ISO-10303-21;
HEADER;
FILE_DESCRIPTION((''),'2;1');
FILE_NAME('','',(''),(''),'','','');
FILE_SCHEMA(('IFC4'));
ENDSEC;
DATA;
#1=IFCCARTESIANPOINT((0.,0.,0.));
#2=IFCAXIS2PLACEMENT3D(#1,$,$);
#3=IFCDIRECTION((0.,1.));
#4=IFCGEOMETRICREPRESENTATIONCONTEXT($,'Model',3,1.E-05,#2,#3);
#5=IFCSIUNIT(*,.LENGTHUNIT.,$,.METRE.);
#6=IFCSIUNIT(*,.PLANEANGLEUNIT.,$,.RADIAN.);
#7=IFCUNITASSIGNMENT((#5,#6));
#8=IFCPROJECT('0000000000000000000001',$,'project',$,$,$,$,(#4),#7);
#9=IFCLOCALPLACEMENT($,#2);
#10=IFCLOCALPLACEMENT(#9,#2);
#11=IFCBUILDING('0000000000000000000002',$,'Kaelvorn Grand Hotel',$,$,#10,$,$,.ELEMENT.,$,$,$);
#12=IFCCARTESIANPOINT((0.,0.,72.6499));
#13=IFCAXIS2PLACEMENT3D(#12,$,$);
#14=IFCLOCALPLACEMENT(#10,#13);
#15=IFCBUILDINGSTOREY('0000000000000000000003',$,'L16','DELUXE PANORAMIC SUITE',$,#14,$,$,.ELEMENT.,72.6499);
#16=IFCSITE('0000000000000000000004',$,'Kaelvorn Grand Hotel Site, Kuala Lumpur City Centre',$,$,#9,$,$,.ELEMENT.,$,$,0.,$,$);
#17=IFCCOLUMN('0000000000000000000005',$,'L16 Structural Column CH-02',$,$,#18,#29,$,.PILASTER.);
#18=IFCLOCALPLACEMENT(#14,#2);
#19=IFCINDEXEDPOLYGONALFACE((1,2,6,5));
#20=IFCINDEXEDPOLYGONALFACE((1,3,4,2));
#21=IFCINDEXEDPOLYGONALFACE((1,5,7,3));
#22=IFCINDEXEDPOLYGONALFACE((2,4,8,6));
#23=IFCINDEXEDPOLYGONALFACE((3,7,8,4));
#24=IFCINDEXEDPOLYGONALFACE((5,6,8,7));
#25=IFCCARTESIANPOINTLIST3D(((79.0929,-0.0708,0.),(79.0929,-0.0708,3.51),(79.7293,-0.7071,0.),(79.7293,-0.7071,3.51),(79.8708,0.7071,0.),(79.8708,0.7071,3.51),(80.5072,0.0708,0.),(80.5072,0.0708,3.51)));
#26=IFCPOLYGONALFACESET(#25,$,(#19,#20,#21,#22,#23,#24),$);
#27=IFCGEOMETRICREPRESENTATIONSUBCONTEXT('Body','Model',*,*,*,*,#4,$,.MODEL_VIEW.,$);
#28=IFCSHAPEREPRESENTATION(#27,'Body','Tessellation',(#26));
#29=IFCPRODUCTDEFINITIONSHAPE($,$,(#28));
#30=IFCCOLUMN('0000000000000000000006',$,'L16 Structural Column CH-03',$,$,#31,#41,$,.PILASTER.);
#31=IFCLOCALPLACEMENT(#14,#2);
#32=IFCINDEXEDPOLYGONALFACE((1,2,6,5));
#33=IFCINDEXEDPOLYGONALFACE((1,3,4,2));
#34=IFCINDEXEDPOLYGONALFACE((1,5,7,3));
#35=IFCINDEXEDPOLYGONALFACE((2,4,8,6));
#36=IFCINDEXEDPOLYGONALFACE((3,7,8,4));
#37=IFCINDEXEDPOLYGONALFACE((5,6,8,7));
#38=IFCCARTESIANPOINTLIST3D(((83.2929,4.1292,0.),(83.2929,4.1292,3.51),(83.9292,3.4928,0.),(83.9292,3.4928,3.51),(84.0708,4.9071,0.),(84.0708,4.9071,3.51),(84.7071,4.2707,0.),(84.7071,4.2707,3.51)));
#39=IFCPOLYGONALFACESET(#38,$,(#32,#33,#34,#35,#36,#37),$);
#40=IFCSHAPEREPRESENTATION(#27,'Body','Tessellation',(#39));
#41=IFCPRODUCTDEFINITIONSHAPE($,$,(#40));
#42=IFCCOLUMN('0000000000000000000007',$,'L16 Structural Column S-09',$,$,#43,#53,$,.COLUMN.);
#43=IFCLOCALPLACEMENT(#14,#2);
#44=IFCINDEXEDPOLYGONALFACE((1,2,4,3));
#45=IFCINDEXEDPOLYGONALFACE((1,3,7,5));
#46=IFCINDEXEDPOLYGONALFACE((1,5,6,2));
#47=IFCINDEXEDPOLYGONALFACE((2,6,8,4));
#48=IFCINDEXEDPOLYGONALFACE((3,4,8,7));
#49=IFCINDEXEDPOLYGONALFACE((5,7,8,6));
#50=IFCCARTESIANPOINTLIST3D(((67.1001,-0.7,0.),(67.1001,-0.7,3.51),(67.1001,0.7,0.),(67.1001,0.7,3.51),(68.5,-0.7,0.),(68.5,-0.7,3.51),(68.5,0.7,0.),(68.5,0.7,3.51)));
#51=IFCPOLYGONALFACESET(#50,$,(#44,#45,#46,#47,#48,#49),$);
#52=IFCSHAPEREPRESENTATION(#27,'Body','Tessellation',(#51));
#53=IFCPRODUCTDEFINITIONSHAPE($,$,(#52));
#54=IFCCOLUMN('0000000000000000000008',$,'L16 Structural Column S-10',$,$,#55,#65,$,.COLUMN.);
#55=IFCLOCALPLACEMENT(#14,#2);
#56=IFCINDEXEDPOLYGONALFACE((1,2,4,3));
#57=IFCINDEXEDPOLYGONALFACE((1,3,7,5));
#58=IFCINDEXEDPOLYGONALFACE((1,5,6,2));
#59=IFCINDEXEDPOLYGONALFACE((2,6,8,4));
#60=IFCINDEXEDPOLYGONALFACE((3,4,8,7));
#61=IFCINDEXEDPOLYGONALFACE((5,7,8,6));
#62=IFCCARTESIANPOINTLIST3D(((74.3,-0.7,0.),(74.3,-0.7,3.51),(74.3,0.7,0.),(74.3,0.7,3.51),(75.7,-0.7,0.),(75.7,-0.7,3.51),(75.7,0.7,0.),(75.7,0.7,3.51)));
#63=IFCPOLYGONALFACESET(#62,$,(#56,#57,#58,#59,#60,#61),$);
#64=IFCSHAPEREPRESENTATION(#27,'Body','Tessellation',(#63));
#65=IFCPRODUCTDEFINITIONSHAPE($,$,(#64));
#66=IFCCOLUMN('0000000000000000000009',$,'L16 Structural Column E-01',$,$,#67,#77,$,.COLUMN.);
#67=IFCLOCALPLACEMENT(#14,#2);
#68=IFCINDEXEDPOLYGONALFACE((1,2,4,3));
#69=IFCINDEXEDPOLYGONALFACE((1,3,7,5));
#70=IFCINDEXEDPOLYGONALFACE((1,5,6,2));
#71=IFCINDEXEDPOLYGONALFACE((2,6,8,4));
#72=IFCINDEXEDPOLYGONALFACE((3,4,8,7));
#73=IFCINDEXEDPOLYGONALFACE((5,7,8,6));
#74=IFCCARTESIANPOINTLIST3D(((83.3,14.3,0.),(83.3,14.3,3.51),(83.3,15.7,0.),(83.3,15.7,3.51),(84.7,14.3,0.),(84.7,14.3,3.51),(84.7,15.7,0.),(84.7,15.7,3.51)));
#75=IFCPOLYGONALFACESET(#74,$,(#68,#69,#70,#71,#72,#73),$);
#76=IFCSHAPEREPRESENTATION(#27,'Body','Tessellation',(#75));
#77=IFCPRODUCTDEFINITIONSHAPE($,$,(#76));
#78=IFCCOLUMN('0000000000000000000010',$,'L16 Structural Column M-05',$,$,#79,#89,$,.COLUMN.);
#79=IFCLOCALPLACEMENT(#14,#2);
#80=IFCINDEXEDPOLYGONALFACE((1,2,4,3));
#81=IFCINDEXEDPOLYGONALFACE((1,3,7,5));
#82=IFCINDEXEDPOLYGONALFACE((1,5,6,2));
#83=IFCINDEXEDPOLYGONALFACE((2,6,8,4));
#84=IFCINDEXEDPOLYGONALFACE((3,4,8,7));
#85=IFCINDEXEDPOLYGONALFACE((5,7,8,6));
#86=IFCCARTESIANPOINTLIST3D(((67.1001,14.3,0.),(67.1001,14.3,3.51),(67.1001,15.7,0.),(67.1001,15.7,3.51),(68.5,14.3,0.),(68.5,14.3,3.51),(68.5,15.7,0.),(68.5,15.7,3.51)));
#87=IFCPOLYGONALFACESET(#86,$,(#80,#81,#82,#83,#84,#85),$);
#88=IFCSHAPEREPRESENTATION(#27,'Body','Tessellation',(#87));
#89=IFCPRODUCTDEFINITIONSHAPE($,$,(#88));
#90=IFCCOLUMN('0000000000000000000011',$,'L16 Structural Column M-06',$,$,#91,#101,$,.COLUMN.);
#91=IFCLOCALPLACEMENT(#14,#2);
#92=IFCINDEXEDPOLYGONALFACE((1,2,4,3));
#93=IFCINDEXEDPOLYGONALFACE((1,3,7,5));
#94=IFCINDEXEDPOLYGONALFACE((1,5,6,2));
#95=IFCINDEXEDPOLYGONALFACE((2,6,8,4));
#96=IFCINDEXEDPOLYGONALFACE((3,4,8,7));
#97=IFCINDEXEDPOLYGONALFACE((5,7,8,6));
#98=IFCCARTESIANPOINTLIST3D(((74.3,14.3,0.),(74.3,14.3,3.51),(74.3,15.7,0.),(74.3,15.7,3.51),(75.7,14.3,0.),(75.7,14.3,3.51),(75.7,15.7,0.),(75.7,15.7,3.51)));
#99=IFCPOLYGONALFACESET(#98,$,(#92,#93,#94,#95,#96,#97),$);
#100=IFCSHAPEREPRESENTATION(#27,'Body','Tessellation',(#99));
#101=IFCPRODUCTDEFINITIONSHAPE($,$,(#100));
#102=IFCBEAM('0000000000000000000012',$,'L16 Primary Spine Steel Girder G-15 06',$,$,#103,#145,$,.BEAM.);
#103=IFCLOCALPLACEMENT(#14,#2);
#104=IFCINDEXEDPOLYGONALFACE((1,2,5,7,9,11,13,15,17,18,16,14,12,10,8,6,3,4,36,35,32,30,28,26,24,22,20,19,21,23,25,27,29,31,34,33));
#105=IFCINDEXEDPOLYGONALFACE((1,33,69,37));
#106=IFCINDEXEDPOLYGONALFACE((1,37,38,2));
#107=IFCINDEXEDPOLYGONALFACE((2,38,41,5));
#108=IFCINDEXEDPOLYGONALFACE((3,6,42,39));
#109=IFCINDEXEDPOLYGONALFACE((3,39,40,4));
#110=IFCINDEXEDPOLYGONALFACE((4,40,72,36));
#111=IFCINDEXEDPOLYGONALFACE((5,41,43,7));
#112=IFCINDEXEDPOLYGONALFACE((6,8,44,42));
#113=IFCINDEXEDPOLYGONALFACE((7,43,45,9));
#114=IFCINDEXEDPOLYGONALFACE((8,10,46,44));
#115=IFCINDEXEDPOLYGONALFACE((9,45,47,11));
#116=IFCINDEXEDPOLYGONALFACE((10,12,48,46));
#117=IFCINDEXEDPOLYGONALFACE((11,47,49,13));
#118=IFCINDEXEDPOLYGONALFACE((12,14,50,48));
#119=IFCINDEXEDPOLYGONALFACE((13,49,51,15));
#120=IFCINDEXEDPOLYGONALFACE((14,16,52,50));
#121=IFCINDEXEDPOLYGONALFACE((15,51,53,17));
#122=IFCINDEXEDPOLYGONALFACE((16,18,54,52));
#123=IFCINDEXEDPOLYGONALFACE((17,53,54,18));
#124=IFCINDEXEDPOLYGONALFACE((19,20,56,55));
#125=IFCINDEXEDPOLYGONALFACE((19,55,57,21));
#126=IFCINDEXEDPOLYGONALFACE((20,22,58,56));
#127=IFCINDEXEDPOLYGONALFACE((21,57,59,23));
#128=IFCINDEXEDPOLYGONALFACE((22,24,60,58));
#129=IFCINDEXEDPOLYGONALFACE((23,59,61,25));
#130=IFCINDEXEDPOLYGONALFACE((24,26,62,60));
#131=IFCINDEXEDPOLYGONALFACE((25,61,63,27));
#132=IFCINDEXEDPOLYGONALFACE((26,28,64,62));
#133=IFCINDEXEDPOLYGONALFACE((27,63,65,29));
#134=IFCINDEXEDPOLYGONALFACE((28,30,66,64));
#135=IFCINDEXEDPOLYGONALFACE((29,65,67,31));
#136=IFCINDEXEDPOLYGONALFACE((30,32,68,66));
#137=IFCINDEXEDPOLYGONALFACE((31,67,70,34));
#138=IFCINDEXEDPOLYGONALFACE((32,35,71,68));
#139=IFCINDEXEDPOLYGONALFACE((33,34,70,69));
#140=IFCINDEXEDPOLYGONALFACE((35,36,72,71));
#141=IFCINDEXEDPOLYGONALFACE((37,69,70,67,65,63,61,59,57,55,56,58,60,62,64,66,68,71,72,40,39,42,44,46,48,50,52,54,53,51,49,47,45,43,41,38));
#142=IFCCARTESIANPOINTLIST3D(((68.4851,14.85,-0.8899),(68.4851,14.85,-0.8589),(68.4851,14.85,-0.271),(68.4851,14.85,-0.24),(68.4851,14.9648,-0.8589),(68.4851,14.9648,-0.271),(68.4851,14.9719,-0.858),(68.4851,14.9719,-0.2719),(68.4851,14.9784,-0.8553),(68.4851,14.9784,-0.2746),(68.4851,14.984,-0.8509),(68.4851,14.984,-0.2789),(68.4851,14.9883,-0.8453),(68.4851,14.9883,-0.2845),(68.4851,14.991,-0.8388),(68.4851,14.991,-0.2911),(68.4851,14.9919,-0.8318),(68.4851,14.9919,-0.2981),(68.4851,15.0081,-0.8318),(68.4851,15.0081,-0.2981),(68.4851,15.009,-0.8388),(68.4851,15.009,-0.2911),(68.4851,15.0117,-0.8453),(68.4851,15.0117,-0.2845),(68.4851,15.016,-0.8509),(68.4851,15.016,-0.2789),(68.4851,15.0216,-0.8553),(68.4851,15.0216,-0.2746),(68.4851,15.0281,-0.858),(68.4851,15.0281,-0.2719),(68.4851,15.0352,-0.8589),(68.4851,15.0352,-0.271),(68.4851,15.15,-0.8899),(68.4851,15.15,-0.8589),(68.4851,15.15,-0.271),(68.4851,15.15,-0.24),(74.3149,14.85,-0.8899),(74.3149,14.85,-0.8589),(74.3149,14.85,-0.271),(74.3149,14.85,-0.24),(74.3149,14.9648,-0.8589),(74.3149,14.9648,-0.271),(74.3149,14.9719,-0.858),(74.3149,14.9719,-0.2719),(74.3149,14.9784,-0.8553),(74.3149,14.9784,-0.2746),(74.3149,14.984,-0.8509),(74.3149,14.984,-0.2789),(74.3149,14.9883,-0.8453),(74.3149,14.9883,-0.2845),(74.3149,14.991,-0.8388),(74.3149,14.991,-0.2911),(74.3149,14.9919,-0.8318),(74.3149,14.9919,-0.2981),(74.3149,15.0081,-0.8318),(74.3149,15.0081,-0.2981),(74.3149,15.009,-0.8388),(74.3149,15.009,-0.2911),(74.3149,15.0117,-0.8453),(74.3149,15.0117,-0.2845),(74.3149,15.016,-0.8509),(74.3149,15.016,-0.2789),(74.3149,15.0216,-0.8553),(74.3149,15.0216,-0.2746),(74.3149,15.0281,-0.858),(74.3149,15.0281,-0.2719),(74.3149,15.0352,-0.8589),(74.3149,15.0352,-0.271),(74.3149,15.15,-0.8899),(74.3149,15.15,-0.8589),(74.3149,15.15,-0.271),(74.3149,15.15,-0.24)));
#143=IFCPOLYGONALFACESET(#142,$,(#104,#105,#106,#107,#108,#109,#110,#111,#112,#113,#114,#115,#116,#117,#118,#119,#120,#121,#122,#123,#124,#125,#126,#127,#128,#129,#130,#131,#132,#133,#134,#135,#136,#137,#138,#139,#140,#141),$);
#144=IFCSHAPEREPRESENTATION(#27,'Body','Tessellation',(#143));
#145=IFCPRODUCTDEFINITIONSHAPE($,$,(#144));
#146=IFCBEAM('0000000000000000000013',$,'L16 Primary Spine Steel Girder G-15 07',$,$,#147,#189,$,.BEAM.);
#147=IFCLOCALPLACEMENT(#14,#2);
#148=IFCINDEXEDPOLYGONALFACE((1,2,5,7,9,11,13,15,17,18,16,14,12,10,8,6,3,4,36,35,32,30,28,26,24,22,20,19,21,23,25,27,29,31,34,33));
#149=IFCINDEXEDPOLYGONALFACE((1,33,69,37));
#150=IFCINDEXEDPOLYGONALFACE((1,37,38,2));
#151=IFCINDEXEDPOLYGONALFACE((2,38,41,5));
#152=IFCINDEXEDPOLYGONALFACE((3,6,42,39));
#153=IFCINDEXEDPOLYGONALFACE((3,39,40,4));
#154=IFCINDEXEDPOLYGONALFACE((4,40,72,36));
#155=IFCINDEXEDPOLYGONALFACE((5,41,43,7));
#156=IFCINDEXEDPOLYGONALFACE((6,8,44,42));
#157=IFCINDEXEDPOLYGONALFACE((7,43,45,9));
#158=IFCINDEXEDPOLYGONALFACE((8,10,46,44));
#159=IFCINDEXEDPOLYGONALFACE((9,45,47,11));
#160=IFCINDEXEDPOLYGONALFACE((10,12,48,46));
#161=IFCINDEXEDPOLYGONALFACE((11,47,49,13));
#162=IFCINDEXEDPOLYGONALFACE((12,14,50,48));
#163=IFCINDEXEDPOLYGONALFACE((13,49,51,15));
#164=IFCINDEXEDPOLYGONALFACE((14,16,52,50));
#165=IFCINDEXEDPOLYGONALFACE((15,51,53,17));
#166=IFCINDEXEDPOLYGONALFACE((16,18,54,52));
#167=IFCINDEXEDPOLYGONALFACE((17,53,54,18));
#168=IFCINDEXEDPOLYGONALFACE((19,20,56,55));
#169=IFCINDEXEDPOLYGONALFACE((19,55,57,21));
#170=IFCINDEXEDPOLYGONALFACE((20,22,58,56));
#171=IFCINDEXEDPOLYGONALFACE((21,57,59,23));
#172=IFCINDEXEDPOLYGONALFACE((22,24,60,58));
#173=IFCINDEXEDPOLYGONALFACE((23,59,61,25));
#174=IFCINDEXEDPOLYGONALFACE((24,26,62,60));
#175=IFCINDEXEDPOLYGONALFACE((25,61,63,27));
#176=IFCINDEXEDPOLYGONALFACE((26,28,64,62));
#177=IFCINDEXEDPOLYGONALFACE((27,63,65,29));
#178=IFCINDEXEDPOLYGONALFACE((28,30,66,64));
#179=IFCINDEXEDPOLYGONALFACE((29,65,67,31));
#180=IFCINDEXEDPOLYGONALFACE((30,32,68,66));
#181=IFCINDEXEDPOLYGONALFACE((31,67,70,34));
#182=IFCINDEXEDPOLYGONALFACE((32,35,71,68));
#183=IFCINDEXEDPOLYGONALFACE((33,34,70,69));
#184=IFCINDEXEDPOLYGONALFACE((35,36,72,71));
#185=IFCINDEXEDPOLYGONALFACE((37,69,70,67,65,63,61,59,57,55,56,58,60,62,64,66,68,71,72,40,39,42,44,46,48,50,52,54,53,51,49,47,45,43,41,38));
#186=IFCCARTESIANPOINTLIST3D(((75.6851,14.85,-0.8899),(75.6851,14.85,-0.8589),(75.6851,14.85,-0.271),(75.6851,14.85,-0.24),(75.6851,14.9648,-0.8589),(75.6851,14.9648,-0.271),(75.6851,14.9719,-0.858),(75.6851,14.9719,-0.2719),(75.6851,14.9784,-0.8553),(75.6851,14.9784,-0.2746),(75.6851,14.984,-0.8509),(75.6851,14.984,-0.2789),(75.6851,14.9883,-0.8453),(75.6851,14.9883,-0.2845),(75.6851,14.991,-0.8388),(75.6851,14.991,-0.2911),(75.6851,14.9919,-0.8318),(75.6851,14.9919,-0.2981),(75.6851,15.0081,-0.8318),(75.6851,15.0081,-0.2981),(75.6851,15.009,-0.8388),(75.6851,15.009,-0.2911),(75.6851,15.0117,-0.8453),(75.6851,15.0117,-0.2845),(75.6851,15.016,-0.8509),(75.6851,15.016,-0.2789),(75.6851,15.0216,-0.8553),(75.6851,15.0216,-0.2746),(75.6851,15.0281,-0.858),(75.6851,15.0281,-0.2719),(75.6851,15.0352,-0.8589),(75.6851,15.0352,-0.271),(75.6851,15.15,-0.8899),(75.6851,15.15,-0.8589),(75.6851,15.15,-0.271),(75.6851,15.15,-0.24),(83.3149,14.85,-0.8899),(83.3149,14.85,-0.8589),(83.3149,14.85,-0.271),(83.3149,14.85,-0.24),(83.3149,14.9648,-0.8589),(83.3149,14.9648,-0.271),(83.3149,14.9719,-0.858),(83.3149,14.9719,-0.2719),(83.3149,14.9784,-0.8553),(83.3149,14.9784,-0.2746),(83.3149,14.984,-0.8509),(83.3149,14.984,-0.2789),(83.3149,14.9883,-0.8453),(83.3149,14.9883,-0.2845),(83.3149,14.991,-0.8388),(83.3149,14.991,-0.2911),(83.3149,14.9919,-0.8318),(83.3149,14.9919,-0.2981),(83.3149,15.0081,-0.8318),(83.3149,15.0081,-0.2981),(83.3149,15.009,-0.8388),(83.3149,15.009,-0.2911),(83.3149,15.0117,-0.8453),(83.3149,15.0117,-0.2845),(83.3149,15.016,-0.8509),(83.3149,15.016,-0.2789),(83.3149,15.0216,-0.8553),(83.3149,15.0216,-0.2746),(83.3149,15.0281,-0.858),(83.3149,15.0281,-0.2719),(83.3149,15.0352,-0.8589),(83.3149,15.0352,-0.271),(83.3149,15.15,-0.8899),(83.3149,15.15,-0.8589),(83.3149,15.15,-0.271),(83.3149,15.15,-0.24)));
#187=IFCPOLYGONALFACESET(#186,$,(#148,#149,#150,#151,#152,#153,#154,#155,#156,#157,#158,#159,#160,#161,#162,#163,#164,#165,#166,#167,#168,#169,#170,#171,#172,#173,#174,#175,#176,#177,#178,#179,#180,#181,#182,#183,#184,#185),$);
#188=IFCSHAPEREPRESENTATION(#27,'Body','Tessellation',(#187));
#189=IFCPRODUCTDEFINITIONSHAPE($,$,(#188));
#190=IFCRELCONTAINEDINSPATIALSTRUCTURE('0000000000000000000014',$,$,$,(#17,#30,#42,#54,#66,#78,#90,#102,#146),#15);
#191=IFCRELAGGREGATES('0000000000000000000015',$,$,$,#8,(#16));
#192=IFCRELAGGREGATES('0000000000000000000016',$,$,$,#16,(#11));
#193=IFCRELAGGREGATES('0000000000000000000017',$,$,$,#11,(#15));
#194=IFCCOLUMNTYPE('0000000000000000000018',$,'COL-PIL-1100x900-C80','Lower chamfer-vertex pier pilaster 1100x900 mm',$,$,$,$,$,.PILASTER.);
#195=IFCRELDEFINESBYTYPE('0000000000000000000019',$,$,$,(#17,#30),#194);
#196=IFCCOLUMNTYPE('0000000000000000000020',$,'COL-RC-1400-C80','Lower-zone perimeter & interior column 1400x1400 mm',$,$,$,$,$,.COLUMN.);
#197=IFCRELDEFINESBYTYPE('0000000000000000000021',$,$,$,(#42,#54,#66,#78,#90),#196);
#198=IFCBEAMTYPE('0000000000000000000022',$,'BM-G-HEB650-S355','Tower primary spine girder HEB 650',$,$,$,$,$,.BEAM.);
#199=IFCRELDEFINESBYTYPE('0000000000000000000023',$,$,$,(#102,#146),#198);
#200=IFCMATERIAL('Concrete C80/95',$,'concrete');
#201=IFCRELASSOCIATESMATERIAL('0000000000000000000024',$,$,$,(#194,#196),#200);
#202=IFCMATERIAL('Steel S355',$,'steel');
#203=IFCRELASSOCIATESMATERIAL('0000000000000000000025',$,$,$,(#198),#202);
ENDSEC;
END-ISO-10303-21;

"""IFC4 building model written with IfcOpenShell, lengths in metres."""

from ifc_helpers import new_model, si_unit, direction, frame, origin, origin_2d, place, context, subcontext, project, spatial, rectangle, i_section, extrude, material, material_profile, profile_set, type_object, element, save


model = new_model("IFC4")

# Units and contexts
model_context = context("Model", 3, precision=1e-05, world=origin(), true_north=direction((0.0, 1.0)))
body_context = subcontext(model_context, "Body", "Model", "MODEL_VIEW")
ifc_project = project(units=[si_unit("LENGTHUNIT", "METRE"), si_unit("PLANEANGLEUNIT", "RADIAN")], contexts=[model_context])

# Site, building, storey
site_placement = place(None, origin())
site = spatial("IfcSite", under=ifc_project, at=site_placement, Name="Kaelvorn Grand Hotel Site, Kuala Lumpur City Centre", CompositionType="ELEMENT", RefElevation=0.0)
building_placement = place(site_placement, origin())
building = spatial("IfcBuilding", under=site, at=building_placement, Name="Kaelvorn Grand Hotel", CompositionType="ELEMENT")
storey_placement = place(building_placement, frame((0.0, 0.0, 72.6499)))
storey = spatial("IfcBuildingStorey", under=building, at=storey_placement, Name="L16", Description="DELUXE PANORAMIC SUITE", CompositionType="ELEMENT", Elevation=72.6499)

# Columns
ifc_material_1 = material(Name="Concrete C80/95", Category="concrete")
ifc_material_profile_1 = material_profile(ifc_material_1, rectangle(XDim=1.1001, YDim=0.8999, at=origin_2d()), Name="RC PILASTER 1100x900")
ifc_profile_set_1 = profile_set([ifc_material_profile_1], Name="Concrete C80/95")
column_type_1 = type_object("IfcColumnType", Name="COL-PIL-1100x900-C80", Description="Lower chamfer-vertex pier pilaster 1100x900 mm", PredefinedType="PILASTER", material=ifc_profile_set_1)
for number, where, z_axis, x_axis, name in (
    (1, (79.8, 0.0, 0.0), (0.0, 0.0, 1.0), (0.707107, 0.707107, 0.0), "L16 Structural Column CH-02"),
    (2, (84.0, 4.2, 0.0), (0.0, 0.0, 1.0), (0.707107, 0.707107, 0.0), "L16 Structural Column CH-03"),
):
    element("IfcColumn", number, at=place(storey_placement, frame(where, z_axis=z_axis, x_axis=x_axis)), inside=storey, type_object=column_type_1, Name=name, PredefinedType="PILASTER", context=body_context, shape_type="SweptSolid", body=[
        extrude(rectangle(XDim=1.1001, YDim=0.8999, at=origin_2d()), origin(), (0.0, 0.0, 1.0), 3.51),
    ])
ifc_material_profile_2 = material_profile(ifc_material_1, rectangle(XDim=1.3999, YDim=1.3999, at=origin_2d()), Name="RC COL 1400x1400")
ifc_profile_set_2 = profile_set([ifc_material_profile_2], Name="Concrete C80/95")
column_type_2 = type_object("IfcColumnType", Name="COL-RC-1400-C80", Description="Lower-zone perimeter & interior column 1400x1400 mm", PredefinedType="COLUMN", material=ifc_profile_set_2)
for number, where, z_axis, x_axis, name in (
    (3, (67.8, 0.0, 0.0), (0.0, 0.0, 1.0), (1.0, 0.0, 0.0), "L16 Structural Column S-09"),
    (4, (75.0, 0.0, 0.0), (0.0, 0.0, 1.0), (1.0, 0.0, 0.0), "L16 Structural Column S-10"),
    (5, (84.0, 15.0, 0.0), (0.0, 0.0, 1.0), (1.0, 0.0, 0.0), "L16 Structural Column E-01"),
    (6, (67.8, 15.0, 0.0), (0.0, 0.0, 1.0), (1.0, 0.0, 0.0), "L16 Structural Column M-05"),
    (7, (75.0, 15.0, 0.0), (0.0, 0.0, 1.0), (1.0, 0.0, 0.0), "L16 Structural Column M-06"),
):
    element("IfcColumn", number, at=place(storey_placement, frame(where, z_axis=z_axis, x_axis=x_axis)), inside=storey, type_object=column_type_2, Name=name, PredefinedType="COLUMN", context=body_context, shape_type="SweptSolid", body=[
        extrude(rectangle(XDim=1.3999, YDim=1.3999, at=origin_2d()), origin(), (0.0, 0.0, 1.0), 3.51),
    ])

# Beams
ifc_material_2 = material(Name="Steel S355", Category="steel")
ifc_material_profile_3 = material_profile(ifc_material_2, i_section(OverallWidth=0.3, OverallDepth=0.6499, WebThickness=0.0161, FlangeThickness=0.031, FilletRadius=0.0271, at=origin_2d()), Name="HEB 650")
ifc_profile_set_3 = profile_set([ifc_material_profile_3], Name="Steel S355")
beam_type_1 = type_object("IfcBeamType", Name="BM-G-HEB650-S355", Description="Tower primary spine girder HEB 650", PredefinedType="BEAM", material=ifc_profile_set_3)
beam_1_placement = place(storey_placement, frame((68.4851, 15.0, -0.5649), z_axis=(1.0, 0.0, 0.0), x_axis=(0.0, 1.0, 0.0)))
element("IfcBeam", 8, at=beam_1_placement, inside=storey, type_object=beam_type_1, Name="L16 Primary Spine Steel Girder G-15 06", PredefinedType="BEAM", context=body_context, shape_type="SweptSolid", body=[
    extrude(i_section(OverallWidth=0.3, OverallDepth=0.6499, WebThickness=0.0161, FlangeThickness=0.031, FilletRadius=0.0271, at=origin_2d()), origin(), (0.0, 0.0, 1.0), 5.8298),
])
beam_2_placement = place(storey_placement, frame((75.6851, 15.0, -0.5649), z_axis=(1.0, 0.0, 0.0), x_axis=(0.0, 1.0, 0.0)))
element("IfcBeam", 9, at=beam_2_placement, inside=storey, type_object=beam_type_1, Name="L16 Primary Spine Steel Girder G-15 07", PredefinedType="BEAM", context=body_context, shape_type="SweptSolid", body=[
    extrude(i_section(OverallWidth=0.3, OverallDepth=0.6499, WebThickness=0.0161, FlangeThickness=0.031, FilletRadius=0.0271, at=origin_2d()), origin(), (0.0, 0.0, 1.0), 7.6299),
])

save(model, "model.ifc")
